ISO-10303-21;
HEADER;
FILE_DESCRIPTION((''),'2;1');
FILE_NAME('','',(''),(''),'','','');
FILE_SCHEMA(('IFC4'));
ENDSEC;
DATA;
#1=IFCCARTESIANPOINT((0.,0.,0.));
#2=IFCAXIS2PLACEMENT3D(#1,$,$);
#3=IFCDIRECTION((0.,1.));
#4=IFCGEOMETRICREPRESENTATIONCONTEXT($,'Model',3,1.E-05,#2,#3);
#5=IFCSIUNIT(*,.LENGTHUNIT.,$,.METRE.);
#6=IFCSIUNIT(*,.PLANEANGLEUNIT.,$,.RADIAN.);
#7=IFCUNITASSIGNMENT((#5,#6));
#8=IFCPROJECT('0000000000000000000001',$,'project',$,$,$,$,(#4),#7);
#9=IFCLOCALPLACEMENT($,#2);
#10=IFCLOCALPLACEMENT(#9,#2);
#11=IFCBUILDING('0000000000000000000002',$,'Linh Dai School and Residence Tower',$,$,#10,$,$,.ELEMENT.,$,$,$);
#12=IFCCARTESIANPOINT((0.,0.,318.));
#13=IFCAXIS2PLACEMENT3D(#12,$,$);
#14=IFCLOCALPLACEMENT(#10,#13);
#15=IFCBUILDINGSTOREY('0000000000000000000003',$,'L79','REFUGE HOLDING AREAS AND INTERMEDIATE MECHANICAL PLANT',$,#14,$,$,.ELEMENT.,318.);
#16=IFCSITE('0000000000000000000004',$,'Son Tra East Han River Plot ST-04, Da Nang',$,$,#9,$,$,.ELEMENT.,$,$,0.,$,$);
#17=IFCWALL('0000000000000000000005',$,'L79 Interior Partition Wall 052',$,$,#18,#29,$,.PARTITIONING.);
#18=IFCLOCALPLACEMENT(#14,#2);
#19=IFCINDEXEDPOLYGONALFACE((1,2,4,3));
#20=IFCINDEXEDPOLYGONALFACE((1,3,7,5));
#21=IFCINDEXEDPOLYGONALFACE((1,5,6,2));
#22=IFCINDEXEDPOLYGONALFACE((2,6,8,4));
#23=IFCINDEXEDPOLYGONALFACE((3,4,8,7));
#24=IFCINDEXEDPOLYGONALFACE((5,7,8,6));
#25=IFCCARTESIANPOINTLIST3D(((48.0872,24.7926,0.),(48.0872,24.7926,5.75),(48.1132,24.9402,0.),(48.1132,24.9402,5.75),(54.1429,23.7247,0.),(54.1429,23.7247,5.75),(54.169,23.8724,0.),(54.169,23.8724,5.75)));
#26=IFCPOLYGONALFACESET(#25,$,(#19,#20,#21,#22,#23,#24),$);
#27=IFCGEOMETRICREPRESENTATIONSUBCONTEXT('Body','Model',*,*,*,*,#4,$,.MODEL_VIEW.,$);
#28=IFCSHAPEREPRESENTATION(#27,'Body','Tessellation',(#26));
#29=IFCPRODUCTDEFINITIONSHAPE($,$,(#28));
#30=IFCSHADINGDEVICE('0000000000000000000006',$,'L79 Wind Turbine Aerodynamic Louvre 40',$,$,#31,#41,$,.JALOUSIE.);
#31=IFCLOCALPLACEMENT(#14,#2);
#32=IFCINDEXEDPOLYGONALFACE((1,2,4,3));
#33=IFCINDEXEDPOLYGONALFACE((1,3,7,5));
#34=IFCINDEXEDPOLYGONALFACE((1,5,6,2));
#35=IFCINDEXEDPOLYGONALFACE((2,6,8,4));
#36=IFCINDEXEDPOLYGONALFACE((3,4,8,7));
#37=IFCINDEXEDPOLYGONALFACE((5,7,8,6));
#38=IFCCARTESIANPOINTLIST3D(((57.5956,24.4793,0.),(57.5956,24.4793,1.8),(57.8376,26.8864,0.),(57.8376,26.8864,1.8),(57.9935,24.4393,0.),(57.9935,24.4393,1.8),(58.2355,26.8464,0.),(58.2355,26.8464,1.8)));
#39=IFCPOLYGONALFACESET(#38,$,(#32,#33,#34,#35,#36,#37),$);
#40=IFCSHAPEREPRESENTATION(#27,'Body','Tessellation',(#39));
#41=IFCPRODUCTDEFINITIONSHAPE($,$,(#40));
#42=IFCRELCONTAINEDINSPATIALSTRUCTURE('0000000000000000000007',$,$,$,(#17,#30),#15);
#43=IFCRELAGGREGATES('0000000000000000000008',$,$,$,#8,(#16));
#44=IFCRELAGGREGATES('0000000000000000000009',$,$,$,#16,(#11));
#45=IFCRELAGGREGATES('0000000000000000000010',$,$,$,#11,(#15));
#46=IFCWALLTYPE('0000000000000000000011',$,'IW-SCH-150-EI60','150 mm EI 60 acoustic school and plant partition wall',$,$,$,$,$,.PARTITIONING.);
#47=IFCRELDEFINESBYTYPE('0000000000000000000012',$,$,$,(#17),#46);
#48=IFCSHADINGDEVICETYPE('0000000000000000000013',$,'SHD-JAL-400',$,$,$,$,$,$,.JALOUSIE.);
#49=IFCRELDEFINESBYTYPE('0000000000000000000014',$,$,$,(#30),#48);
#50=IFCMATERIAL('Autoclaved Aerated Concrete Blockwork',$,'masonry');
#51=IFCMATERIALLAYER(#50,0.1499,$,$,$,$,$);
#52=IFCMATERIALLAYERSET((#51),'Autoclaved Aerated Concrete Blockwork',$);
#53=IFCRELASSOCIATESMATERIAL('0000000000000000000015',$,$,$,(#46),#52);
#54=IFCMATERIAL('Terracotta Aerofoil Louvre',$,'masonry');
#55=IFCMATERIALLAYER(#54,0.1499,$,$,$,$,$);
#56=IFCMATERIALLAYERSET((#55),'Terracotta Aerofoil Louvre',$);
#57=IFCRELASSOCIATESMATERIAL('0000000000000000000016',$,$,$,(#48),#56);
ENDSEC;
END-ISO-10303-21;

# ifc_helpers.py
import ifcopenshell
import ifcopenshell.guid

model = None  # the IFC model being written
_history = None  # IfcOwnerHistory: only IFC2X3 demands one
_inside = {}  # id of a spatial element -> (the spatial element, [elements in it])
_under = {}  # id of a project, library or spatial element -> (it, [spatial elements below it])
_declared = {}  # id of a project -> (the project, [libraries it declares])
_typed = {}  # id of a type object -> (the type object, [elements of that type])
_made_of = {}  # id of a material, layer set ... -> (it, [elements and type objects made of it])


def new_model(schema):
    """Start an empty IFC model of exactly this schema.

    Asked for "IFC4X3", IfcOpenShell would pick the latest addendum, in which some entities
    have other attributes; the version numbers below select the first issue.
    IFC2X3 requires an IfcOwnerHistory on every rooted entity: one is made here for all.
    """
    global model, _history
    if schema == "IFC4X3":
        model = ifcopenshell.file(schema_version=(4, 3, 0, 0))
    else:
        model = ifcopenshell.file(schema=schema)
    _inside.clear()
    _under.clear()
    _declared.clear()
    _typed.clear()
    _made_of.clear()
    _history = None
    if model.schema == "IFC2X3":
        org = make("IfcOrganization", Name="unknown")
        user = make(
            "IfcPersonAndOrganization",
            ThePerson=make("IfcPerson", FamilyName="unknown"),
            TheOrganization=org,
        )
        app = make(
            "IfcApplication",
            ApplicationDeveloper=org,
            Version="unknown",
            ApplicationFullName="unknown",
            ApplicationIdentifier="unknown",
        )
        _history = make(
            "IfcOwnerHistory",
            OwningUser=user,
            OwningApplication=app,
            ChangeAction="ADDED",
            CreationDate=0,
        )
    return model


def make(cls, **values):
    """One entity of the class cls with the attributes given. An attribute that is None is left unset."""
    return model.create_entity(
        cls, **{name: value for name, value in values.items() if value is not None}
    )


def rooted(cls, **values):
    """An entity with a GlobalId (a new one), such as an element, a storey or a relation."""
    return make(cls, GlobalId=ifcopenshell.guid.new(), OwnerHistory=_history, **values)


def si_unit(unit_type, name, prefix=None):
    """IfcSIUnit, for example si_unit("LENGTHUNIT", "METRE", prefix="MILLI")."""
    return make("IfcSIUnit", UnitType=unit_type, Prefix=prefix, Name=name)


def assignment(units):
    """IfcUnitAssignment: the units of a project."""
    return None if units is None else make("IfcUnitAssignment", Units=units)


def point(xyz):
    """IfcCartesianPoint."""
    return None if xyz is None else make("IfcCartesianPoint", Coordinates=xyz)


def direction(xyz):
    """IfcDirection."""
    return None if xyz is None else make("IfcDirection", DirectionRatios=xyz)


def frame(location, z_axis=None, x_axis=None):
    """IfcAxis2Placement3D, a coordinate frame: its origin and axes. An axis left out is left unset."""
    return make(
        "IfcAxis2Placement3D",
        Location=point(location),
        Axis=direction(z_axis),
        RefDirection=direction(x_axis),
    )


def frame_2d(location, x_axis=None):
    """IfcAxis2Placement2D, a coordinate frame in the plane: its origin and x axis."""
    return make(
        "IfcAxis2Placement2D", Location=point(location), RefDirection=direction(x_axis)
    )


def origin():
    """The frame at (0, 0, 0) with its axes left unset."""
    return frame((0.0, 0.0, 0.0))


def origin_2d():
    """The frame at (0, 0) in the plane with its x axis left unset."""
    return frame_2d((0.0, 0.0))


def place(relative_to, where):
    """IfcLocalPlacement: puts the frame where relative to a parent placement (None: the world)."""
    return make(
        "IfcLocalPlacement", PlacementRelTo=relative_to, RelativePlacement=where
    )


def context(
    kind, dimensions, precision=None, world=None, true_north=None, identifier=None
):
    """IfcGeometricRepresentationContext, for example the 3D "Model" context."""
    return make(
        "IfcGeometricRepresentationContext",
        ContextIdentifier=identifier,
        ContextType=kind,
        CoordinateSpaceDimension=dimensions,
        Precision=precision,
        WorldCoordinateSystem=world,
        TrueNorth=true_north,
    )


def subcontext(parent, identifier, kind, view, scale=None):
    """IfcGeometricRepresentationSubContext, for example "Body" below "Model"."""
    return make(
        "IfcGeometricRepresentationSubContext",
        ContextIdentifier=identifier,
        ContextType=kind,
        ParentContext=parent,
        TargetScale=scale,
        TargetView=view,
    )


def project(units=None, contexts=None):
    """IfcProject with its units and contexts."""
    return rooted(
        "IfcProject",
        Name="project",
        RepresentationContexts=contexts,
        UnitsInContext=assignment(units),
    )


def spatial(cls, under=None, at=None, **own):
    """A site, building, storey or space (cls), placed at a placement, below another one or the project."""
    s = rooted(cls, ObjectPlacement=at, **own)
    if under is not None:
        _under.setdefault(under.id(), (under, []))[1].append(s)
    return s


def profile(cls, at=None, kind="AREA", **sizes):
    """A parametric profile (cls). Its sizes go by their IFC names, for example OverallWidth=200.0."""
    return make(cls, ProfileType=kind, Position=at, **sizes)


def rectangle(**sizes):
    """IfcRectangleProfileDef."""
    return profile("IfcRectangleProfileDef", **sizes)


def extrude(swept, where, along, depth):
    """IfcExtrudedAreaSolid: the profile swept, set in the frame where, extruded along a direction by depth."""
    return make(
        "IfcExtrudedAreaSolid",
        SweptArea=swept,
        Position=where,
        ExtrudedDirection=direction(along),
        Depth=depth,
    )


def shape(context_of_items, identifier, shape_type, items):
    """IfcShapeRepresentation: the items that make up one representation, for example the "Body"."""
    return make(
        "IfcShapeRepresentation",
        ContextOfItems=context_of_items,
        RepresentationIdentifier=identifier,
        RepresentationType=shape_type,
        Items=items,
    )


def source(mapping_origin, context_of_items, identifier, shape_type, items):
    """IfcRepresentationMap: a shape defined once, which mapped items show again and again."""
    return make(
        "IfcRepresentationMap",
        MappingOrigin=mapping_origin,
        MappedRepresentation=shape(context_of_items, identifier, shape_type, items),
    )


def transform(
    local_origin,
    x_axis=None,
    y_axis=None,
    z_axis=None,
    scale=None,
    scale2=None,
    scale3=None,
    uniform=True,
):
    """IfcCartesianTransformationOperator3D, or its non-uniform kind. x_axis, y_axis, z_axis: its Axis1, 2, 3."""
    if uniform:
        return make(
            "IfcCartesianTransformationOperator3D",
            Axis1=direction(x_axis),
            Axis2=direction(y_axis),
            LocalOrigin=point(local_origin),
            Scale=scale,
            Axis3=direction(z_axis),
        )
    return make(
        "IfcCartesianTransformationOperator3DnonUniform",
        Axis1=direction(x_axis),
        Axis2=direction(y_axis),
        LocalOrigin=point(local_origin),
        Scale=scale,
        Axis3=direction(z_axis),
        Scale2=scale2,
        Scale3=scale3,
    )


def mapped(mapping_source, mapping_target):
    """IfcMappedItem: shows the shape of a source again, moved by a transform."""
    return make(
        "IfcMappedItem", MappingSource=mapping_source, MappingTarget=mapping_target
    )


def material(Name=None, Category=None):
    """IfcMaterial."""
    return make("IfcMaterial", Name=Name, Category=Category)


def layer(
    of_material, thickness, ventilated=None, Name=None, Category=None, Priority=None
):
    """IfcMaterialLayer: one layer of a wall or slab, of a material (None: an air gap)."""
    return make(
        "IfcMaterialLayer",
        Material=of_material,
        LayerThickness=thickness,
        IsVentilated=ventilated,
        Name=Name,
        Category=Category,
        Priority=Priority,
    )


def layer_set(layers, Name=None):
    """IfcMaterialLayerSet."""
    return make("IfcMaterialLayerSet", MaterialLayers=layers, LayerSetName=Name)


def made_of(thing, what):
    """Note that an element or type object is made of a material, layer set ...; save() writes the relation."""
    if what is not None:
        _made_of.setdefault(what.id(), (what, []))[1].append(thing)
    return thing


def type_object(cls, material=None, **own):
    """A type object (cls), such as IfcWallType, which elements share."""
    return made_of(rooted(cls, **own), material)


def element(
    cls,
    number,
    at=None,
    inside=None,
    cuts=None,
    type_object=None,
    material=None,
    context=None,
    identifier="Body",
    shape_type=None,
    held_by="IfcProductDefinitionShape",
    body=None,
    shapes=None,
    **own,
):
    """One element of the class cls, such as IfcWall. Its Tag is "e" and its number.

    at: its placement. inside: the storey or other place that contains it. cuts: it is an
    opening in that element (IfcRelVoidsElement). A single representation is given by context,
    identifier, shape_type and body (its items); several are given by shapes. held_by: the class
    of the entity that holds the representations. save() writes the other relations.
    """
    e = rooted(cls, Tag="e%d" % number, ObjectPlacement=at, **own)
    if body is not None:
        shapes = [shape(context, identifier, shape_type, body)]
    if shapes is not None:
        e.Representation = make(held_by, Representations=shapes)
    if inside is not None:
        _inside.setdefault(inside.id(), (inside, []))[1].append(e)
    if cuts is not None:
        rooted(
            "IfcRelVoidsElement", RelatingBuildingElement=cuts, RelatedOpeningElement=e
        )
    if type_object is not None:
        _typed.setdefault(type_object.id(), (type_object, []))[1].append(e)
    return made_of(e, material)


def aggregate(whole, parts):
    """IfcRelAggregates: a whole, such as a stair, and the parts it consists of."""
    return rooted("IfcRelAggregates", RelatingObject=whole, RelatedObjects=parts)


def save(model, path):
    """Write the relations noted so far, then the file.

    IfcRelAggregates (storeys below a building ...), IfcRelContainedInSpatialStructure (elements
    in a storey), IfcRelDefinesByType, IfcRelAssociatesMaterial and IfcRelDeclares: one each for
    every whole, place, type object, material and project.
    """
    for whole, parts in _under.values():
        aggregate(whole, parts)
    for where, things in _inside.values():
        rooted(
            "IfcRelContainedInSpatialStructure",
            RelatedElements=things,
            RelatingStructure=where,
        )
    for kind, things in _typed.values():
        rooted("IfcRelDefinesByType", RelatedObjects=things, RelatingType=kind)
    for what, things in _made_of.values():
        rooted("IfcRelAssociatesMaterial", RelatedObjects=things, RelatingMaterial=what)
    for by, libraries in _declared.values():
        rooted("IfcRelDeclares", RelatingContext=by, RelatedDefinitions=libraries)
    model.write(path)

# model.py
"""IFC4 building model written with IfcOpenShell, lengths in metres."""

from ifc_helpers import new_model, si_unit, direction, frame, frame_2d, origin, origin_2d, place, context, subcontext, project, spatial, rectangle, extrude, source, transform, mapped, material, layer, layer_set, type_object, element, save


model = new_model("IFC4")

# Units and contexts
model_context = context("Model", 3, precision=1e-05, world=origin(), true_north=direction((0.0, 1.0)))
body_context = subcontext(model_context, "Body", "Model", "MODEL_VIEW")
ifc_project = project(units=[si_unit("LENGTHUNIT", "METRE"), si_unit("PLANEANGLEUNIT", "RADIAN")], contexts=[model_context])

# Site, building, storey
site_placement = place(None, origin())
site = spatial("IfcSite", under=ifc_project, at=site_placement, Name="Son Tra East Han River Plot ST-04, Da Nang", CompositionType="ELEMENT", RefElevation=0.0)
building_placement = place(site_placement, origin())
building = spatial("IfcBuilding", under=site, at=building_placement, Name="Linh Dai School and Residence Tower", CompositionType="ELEMENT")
storey_placement = place(building_placement, frame((0.0, 0.0, 318.0)))
storey = spatial("IfcBuildingStorey", under=building, at=storey_placement, Name="L79", Description="REFUGE HOLDING AREAS AND INTERMEDIATE MECHANICAL PLANT", CompositionType="ELEMENT", Elevation=318.0)

# Wall
ifc_material_1 = material(Name="Autoclaved Aerated Concrete Blockwork", Category="masonry")
ifc_layer_1 = layer(ifc_material_1, 0.1499)
ifc_layer_set_1 = layer_set([ifc_layer_1], Name="Autoclaved Aerated Concrete Blockwork")
wall_type_1 = type_object("IfcWallType", Name="IW-SCH-150-EI60", Description="150 mm EI 60 acoustic school and plant partition wall", PredefinedType="PARTITIONING", material=ifc_layer_set_1)
wall_1_placement = place(storey_placement, frame((48.1001, 24.8665, 0.0), z_axis=(0.0, 0.0, 1.0), x_axis=(0.984805, -0.173663, 0.0)))
element("IfcWall", 1, at=wall_1_placement, inside=storey, type_object=wall_type_1, Name="L79 Interior Partition Wall 052", PredefinedType="PARTITIONING", context=body_context, shape_type="SweptSolid", body=[
    extrude(rectangle(XDim=6.1492, YDim=0.1499, at=frame_2d((3.0747, 0.0))), origin(), (0.0, 0.0, 1.0), 5.75),
])

# Shading device
ifc_material_2 = material(Name="Terracotta Aerofoil Louvre", Category="masonry")
ifc_layer_2 = layer(ifc_material_2, 0.1499)
ifc_layer_set_2 = layer_set([ifc_layer_2], Name="Terracotta Aerofoil Louvre")
shading_device_type = type_object("IfcShadingDeviceType", Name="SHD-JAL-400", PredefinedType="JALOUSIE", material=ifc_layer_set_2)
shared_shape_1 = source(origin(), body_context, "Body", "SweptSolid", [
    extrude(rectangle(XDim=2.4192, YDim=0.3999, at=origin_2d()), origin(), (0.0, 0.0, 1.0), 1.8),
])
shading_device_placement = place(storey_placement, frame((57.9155, 25.6628, 0.0), z_axis=(0.0, 0.0, 1.0), x_axis=(-0.100015, -0.994986, 0.0)))
element("IfcShadingDevice", 2, at=shading_device_placement, inside=storey, type_object=shading_device_type, Name="L79 Wind Turbine Aerodynamic Louvre 40", PredefinedType="JALOUSIE", context=body_context, shape_type="MappedRepresentation", body=[
    mapped(shared_shape_1, transform((0.0, 0.0, 0.0), x_axis=(1.0, 0.0, 0.0), y_axis=(0.0, 1.0, 0.0), z_axis=(0.0, 0.0, 1.0), scale=1.0)),
])

save(model, "model.ifc")
